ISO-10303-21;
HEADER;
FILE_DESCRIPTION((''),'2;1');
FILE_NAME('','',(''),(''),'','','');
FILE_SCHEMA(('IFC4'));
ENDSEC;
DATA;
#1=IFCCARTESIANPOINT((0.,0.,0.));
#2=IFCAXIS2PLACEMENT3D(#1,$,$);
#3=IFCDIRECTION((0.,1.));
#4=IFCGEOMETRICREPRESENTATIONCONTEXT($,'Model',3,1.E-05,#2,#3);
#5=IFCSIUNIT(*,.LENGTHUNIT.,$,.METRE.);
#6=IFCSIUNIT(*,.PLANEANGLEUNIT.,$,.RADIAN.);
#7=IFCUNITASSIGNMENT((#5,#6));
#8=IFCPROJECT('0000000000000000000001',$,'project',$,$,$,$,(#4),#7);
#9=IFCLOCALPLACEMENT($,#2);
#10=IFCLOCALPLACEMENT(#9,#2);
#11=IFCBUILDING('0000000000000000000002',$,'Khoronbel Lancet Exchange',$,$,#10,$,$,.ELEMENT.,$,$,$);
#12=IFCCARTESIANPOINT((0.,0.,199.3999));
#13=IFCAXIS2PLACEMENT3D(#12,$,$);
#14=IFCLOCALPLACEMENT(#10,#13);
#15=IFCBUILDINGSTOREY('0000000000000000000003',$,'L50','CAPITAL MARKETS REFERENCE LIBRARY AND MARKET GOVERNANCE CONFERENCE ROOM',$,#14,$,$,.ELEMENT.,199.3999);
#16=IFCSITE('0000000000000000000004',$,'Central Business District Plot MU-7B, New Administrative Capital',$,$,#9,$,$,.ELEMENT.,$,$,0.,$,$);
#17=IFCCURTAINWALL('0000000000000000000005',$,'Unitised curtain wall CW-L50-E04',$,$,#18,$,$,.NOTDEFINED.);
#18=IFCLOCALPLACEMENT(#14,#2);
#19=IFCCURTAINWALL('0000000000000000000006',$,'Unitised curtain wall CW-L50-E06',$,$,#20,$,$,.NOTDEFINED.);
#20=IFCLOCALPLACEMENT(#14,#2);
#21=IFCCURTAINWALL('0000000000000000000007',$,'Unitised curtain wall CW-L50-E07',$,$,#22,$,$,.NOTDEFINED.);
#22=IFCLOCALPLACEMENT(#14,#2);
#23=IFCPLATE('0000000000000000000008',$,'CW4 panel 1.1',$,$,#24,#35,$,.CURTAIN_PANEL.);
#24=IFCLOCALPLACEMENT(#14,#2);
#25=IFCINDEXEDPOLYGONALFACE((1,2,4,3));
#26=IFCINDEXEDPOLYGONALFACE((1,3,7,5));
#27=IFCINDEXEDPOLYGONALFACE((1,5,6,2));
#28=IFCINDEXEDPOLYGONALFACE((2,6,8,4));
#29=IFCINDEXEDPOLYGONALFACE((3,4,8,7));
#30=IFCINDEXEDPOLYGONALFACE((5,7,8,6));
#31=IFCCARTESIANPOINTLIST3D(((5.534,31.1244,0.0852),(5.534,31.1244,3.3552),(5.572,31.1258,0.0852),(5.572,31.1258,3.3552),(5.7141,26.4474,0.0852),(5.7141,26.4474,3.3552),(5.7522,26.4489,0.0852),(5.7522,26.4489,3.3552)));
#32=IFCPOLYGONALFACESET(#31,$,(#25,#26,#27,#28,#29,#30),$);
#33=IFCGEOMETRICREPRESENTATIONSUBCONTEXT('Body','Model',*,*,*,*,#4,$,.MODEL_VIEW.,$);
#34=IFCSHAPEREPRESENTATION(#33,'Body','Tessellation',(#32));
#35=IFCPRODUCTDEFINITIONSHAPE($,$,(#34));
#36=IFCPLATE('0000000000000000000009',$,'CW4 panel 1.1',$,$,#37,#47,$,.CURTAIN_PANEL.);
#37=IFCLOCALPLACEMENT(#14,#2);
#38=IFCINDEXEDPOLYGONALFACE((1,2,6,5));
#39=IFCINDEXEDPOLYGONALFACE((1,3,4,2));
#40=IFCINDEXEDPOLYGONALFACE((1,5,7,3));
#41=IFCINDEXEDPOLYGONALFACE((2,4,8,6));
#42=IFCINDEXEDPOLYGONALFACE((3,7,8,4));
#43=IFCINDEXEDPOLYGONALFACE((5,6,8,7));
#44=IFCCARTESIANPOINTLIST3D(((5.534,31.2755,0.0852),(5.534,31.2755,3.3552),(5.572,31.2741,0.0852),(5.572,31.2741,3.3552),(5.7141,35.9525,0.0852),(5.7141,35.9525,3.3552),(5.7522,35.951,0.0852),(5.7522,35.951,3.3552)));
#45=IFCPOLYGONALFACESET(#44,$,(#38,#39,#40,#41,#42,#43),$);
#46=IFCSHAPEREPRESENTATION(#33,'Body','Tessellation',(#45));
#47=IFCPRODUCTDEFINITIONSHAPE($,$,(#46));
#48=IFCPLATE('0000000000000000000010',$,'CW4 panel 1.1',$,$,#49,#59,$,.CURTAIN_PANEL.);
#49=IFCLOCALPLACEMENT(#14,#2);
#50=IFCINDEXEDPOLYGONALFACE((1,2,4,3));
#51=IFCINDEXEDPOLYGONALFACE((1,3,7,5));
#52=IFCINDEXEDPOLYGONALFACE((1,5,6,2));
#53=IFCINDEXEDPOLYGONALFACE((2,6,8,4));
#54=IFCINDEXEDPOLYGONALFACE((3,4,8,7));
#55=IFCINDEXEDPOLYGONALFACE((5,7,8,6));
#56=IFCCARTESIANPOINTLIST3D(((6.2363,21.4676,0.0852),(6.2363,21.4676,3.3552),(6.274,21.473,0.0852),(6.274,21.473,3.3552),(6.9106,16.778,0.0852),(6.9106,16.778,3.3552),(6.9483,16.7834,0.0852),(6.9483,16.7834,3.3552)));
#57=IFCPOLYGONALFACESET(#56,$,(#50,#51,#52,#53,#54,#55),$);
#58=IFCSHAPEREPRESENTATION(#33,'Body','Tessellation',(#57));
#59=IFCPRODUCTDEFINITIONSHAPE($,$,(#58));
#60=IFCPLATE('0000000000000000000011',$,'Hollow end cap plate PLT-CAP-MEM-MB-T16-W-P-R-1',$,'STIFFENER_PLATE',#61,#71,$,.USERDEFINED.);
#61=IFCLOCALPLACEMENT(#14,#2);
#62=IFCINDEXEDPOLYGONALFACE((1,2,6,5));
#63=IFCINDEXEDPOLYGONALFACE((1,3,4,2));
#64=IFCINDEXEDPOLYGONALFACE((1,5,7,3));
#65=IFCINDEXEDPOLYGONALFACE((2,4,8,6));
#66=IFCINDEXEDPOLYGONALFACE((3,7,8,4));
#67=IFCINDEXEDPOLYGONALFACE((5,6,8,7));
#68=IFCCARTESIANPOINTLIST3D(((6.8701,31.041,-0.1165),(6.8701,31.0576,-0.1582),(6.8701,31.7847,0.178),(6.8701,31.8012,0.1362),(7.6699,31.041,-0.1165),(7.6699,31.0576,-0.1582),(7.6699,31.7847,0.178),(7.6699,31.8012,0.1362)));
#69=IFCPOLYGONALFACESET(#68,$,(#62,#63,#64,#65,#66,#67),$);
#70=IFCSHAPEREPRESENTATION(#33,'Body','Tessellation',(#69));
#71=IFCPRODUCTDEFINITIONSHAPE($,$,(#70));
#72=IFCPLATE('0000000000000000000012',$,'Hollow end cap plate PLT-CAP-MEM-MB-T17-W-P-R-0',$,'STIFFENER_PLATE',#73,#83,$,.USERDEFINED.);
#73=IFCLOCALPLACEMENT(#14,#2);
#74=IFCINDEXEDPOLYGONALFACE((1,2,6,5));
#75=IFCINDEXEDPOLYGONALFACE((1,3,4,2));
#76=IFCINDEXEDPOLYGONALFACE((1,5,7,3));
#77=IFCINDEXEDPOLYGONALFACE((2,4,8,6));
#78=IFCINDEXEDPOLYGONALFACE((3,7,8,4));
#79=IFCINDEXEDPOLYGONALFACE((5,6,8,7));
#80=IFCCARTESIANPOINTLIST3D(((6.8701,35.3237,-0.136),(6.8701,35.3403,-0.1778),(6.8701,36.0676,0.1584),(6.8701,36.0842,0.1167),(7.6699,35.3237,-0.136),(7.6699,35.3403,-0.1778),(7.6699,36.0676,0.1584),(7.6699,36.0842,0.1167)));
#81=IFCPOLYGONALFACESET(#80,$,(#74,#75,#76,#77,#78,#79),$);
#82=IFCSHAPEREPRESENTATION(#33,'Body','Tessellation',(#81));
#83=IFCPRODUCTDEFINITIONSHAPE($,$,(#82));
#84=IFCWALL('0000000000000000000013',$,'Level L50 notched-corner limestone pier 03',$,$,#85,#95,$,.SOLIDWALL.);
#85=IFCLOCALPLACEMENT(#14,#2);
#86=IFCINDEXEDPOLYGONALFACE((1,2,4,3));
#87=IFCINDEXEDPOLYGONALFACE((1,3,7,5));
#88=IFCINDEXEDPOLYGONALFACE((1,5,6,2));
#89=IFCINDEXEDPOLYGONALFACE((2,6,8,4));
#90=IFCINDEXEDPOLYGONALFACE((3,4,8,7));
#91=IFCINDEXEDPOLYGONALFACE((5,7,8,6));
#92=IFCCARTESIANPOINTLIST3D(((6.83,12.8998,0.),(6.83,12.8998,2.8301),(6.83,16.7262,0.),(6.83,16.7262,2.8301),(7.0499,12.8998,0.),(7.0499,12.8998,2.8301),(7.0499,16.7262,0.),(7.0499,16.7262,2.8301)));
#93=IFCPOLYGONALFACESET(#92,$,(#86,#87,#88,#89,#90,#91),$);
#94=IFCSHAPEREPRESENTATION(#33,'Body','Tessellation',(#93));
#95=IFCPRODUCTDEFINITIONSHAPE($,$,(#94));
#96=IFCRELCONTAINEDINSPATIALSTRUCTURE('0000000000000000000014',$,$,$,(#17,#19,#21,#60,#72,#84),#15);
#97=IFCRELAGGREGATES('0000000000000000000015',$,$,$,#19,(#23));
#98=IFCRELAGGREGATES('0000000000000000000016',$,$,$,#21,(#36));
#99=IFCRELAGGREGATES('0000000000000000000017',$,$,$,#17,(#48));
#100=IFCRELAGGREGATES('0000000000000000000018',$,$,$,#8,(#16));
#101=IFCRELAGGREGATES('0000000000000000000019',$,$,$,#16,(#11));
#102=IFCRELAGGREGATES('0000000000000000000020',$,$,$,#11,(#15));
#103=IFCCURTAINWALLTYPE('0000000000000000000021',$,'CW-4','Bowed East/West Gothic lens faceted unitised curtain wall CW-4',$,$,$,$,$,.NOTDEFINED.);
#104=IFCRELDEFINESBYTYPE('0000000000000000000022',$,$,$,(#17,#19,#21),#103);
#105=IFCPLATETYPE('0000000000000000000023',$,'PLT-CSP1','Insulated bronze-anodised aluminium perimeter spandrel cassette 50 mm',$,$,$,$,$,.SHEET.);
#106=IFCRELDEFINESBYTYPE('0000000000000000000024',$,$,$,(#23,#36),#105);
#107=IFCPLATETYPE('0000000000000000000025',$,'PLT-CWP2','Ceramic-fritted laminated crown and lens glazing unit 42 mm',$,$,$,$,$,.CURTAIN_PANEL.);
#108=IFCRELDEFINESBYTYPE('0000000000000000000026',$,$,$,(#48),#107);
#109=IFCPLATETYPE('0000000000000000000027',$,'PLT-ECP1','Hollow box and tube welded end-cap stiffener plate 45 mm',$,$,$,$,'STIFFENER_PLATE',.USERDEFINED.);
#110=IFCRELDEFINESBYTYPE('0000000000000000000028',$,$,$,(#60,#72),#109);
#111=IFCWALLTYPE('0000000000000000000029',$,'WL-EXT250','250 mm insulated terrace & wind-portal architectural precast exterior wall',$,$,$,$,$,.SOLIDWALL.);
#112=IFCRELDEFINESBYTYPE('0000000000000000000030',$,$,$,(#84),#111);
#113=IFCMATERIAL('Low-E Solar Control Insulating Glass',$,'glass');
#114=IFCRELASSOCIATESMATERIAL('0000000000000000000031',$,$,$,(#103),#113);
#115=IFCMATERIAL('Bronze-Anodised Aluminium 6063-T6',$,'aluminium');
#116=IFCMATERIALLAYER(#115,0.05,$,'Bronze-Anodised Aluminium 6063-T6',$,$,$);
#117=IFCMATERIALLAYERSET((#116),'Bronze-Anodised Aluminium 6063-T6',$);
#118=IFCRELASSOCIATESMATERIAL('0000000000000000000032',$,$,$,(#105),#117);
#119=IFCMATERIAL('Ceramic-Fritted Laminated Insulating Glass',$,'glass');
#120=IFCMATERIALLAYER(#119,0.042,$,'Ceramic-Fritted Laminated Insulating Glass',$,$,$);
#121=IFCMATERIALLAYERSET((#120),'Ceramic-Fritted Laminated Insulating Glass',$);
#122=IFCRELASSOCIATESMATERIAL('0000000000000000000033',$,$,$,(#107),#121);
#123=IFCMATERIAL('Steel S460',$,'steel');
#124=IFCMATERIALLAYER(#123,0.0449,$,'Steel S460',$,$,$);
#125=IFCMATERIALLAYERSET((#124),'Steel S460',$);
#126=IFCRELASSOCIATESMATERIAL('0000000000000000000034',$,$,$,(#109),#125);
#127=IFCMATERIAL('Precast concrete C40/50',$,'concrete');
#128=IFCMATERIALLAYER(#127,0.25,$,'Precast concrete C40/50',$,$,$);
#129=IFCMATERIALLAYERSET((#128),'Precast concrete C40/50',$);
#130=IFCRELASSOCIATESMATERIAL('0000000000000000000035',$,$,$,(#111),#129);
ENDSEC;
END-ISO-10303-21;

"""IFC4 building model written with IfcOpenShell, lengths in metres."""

from ifc_helpers import new_model, si_unit, direction, frame, frame_2d, origin, origin_2d, place, context, subcontext, project, spatial, polyline, rectangle, outline, extrude, material, layer, layer_set, type_object, element, aggregate, save


model = new_model("IFC4")

# Units and contexts
model_context = context("Model", 3, precision=1e-05, world=origin(), true_north=direction((0.0, 1.0)))
body_context = subcontext(model_context, "Body", "Model", "MODEL_VIEW")
ifc_project = project(units=[si_unit("LENGTHUNIT", "METRE"), si_unit("PLANEANGLEUNIT", "RADIAN")], contexts=[model_context])

# Site, building, storey
site_placement = place(None, origin())
site = spatial("IfcSite", under=ifc_project, at=site_placement, Name="Central Business District Plot MU-7B, New Administrative Capital", CompositionType="ELEMENT", RefElevation=0.0)
building_placement = place(site_placement, origin())
building = spatial("IfcBuilding", under=site, at=building_placement, Name="Khoronbel Lancet Exchange", CompositionType="ELEMENT")
storey_placement = place(building_placement, frame((0.0, 0.0, 199.3999)))
storey = spatial("IfcBuildingStorey", under=building, at=storey_placement, Name="L50", Description="CAPITAL MARKETS REFERENCE LIBRARY AND MARKET GOVERNANCE CONFERENCE ROOM", CompositionType="ELEMENT", Elevation=199.3999)

# Curtain walls
ifc_material_1 = material(Name="Low-E Solar Control Insulating Glass", Category="glass")
curtain_wall_type = type_object("IfcCurtainWallType", Name="CW-4", Description="Bowed East/West Gothic lens faceted unitised curtain wall CW-4", PredefinedType="NOTDEFINED", material=ifc_material_1)
curtain_wall_1_placement = place(storey_placement, origin())
curtain_wall_1 = element("IfcCurtainWall", 1, at=curtain_wall_1_placement, inside=storey, type_object=curtain_wall_type, Name="Unitised curtain wall CW-L50-E04", PredefinedType="NOTDEFINED")
ifc_material_2 = material(Name="Bronze-Anodised Aluminium 6063-T6", Category="aluminium")
curtain_wall_2_placement = place(storey_placement, origin())
curtain_wall_2 = element("IfcCurtainWall", 2, at=curtain_wall_2_placement, inside=storey, type_object=curtain_wall_type, Name="Unitised curtain wall CW-L50-E06", PredefinedType="NOTDEFINED")

# Curtain wall
curtain_wall_3_placement = place(storey_placement, origin())
curtain_wall_3 = element("IfcCurtainWall", 3, at=curtain_wall_3_placement, inside=storey, type_object=curtain_wall_type, Name="Unitised curtain wall CW-L50-E07", PredefinedType="NOTDEFINED")

# Plates
ifc_layer_1 = layer(ifc_material_2, 0.05, Name="Bronze-Anodised Aluminium 6063-T6")
ifc_layer_set_1 = layer_set([ifc_layer_1], Name="Bronze-Anodised Aluminium 6063-T6")
plate_type_1 = type_object("IfcPlateType", Name="PLT-CSP1", Description="Insulated bronze-anodised aluminium perimeter spandrel cassette 50 mm", PredefinedType="SHEET", material=ifc_layer_set_1)
plate_1_placement = place(storey_placement, frame((5.6431, 28.7866, 0.0852), z_axis=(0.0, 0.0, 1.0), x_axis=(-0.038486, 0.999259, 0.0)))
plate_1 = element("IfcPlate", 4, at=plate_1_placement, type_object=plate_type_1, Name="CW4 panel 1.1", PredefinedType="CURTAIN_PANEL", context=body_context, shape_type="SweptSolid", body=[
    extrude(rectangle(XDim=4.6804, YDim=0.0381, at=origin_2d()), origin(), (0.0, 0.0, 1.0), 3.27),
])
aggregate(curtain_wall_2, [plate_1])
plate_2_placement = place(storey_placement, frame((5.6431, 33.6133, 0.0852), z_axis=(0.0, 0.0, 1.0), x_axis=(0.038486, 0.999259, 0.0)))
plate_2 = element("IfcPlate", 5, at=plate_2_placement, type_object=plate_type_1, Name="CW4 panel 1.1", PredefinedType="CURTAIN_PANEL", context=body_context, shape_type="SweptSolid", body=[
    extrude(rectangle(XDim=4.6804, YDim=0.0381, at=origin_2d()), origin(), (0.0, 0.0, 1.0), 3.27),
])
aggregate(curtain_wall_3, [plate_2])
ifc_material_3 = material(Name="Ceramic-Fritted Laminated Insulating Glass", Category="glass")
ifc_layer_2 = layer(ifc_material_3, 0.042, Name="Ceramic-Fritted Laminated Insulating Glass")
ifc_layer_set_2 = layer_set([ifc_layer_2], Name="Ceramic-Fritted Laminated Insulating Glass")
plate_type_2 = type_object("IfcPlateType", Name="PLT-CWP2", Description="Ceramic-fritted laminated crown and lens glazing unit 42 mm", PredefinedType="CURTAIN_PANEL", material=ifc_layer_set_2)
plate_3_placement = place(storey_placement, frame((6.5923, 19.1255, 0.0852), z_axis=(0.0, 0.0, 1.0), x_axis=(-0.142315, 0.989821, 0.0)))
plate_3 = element("IfcPlate", 6, at=plate_3_placement, type_object=plate_type_2, Name="CW4 panel 1.1", PredefinedType="CURTAIN_PANEL", context=body_context, shape_type="SweptSolid", body=[
    extrude(rectangle(XDim=4.7378, YDim=0.0381, at=origin_2d()), origin(), (0.0, 0.0, 1.0), 3.27),
])
aggregate(curtain_wall_1, [plate_3])

# Plates
ifc_material_4 = material(Name="Steel S460", Category="steel")
ifc_layer_3 = layer(ifc_material_4, 0.0449, Name="Steel S460")
ifc_layer_set_3 = layer_set([ifc_layer_3], Name="Steel S460")
plate_type_3 = type_object("IfcPlateType", Name="PLT-ECP1", Description="Hollow box and tube welded end-cap stiffener plate 45 mm", ElementType="STIFFENER_PLATE", PredefinedType="USERDEFINED", material=ifc_layer_set_3)
plate_4_placement = place(storey_placement, frame((6.8701, 31.041, -0.1165), z_axis=(0.0, -0.368125, 0.929776), x_axis=(1.0, 0.0, 0.0)))
element("IfcPlate", 7, at=plate_4_placement, inside=storey, type_object=plate_type_3, Name="Hollow end cap plate PLT-CAP-MEM-MB-T16-W-P-R-1", ObjectType="STIFFENER_PLATE", PredefinedType="USERDEFINED", context=body_context, shape_type="SweptSolid", body=[
    extrude(outline(polyline([(0.0, 0.0), (0.7998, 0.0), (0.7998, 0.7998), (0.0, 0.7998), (0.0, 0.0)])), origin(), (0.0, 0.0, -1.0), 0.0449),
])
plate_5_placement = place(storey_placement, frame((6.8701, 35.3237, -0.136), z_axis=(0.0, -0.368021, 0.929817), x_axis=(1.0, 0.0, 0.0)))
element("IfcPlate", 8, at=plate_5_placement, inside=storey, type_object=plate_type_3, Name="Hollow end cap plate PLT-CAP-MEM-MB-T17-W-P-R-0", ObjectType="STIFFENER_PLATE", PredefinedType="USERDEFINED", context=body_context, shape_type="SweptSolid", body=[
    extrude(outline(polyline([(0.0, 0.0), (0.7998, 0.0), (0.7998, 0.8), (0.0, 0.8), (0.0, 0.0)])), origin(), (0.0, 0.0, -1.0), 0.0449),
])

# Wall
ifc_material_5 = material(Name="Precast concrete C40/50", Category="concrete")
ifc_layer_4 = layer(ifc_material_5, 0.25, Name="Precast concrete C40/50")
ifc_layer_set_4 = layer_set([ifc_layer_4], Name="Precast concrete C40/50")
wall_type = type_object("IfcWallType", Name="WL-EXT250", Description="250 mm insulated terrace & wind-portal architectural precast exterior wall", PredefinedType="SOLIDWALL", material=ifc_layer_set_4)
wall_placement = place(storey_placement, frame((6.9399, 12.8999, 0.0), z_axis=(0.0, 0.0, 1.0), x_axis=(0.0, 1.0, 0.0)))
element("IfcWall", 9, at=wall_placement, inside=storey, type_object=wall_type, Name="Level L50 notched-corner limestone pier 03", PredefinedType="SOLIDWALL", context=body_context, shape_type="SweptSolid", body=[
    extrude(rectangle(XDim=3.8264, YDim=0.22, at=frame_2d((1.9131, 0.0))), origin(), (0.0, 0.0, 1.0), 2.8301),
])

save(model, "model.ifc")
